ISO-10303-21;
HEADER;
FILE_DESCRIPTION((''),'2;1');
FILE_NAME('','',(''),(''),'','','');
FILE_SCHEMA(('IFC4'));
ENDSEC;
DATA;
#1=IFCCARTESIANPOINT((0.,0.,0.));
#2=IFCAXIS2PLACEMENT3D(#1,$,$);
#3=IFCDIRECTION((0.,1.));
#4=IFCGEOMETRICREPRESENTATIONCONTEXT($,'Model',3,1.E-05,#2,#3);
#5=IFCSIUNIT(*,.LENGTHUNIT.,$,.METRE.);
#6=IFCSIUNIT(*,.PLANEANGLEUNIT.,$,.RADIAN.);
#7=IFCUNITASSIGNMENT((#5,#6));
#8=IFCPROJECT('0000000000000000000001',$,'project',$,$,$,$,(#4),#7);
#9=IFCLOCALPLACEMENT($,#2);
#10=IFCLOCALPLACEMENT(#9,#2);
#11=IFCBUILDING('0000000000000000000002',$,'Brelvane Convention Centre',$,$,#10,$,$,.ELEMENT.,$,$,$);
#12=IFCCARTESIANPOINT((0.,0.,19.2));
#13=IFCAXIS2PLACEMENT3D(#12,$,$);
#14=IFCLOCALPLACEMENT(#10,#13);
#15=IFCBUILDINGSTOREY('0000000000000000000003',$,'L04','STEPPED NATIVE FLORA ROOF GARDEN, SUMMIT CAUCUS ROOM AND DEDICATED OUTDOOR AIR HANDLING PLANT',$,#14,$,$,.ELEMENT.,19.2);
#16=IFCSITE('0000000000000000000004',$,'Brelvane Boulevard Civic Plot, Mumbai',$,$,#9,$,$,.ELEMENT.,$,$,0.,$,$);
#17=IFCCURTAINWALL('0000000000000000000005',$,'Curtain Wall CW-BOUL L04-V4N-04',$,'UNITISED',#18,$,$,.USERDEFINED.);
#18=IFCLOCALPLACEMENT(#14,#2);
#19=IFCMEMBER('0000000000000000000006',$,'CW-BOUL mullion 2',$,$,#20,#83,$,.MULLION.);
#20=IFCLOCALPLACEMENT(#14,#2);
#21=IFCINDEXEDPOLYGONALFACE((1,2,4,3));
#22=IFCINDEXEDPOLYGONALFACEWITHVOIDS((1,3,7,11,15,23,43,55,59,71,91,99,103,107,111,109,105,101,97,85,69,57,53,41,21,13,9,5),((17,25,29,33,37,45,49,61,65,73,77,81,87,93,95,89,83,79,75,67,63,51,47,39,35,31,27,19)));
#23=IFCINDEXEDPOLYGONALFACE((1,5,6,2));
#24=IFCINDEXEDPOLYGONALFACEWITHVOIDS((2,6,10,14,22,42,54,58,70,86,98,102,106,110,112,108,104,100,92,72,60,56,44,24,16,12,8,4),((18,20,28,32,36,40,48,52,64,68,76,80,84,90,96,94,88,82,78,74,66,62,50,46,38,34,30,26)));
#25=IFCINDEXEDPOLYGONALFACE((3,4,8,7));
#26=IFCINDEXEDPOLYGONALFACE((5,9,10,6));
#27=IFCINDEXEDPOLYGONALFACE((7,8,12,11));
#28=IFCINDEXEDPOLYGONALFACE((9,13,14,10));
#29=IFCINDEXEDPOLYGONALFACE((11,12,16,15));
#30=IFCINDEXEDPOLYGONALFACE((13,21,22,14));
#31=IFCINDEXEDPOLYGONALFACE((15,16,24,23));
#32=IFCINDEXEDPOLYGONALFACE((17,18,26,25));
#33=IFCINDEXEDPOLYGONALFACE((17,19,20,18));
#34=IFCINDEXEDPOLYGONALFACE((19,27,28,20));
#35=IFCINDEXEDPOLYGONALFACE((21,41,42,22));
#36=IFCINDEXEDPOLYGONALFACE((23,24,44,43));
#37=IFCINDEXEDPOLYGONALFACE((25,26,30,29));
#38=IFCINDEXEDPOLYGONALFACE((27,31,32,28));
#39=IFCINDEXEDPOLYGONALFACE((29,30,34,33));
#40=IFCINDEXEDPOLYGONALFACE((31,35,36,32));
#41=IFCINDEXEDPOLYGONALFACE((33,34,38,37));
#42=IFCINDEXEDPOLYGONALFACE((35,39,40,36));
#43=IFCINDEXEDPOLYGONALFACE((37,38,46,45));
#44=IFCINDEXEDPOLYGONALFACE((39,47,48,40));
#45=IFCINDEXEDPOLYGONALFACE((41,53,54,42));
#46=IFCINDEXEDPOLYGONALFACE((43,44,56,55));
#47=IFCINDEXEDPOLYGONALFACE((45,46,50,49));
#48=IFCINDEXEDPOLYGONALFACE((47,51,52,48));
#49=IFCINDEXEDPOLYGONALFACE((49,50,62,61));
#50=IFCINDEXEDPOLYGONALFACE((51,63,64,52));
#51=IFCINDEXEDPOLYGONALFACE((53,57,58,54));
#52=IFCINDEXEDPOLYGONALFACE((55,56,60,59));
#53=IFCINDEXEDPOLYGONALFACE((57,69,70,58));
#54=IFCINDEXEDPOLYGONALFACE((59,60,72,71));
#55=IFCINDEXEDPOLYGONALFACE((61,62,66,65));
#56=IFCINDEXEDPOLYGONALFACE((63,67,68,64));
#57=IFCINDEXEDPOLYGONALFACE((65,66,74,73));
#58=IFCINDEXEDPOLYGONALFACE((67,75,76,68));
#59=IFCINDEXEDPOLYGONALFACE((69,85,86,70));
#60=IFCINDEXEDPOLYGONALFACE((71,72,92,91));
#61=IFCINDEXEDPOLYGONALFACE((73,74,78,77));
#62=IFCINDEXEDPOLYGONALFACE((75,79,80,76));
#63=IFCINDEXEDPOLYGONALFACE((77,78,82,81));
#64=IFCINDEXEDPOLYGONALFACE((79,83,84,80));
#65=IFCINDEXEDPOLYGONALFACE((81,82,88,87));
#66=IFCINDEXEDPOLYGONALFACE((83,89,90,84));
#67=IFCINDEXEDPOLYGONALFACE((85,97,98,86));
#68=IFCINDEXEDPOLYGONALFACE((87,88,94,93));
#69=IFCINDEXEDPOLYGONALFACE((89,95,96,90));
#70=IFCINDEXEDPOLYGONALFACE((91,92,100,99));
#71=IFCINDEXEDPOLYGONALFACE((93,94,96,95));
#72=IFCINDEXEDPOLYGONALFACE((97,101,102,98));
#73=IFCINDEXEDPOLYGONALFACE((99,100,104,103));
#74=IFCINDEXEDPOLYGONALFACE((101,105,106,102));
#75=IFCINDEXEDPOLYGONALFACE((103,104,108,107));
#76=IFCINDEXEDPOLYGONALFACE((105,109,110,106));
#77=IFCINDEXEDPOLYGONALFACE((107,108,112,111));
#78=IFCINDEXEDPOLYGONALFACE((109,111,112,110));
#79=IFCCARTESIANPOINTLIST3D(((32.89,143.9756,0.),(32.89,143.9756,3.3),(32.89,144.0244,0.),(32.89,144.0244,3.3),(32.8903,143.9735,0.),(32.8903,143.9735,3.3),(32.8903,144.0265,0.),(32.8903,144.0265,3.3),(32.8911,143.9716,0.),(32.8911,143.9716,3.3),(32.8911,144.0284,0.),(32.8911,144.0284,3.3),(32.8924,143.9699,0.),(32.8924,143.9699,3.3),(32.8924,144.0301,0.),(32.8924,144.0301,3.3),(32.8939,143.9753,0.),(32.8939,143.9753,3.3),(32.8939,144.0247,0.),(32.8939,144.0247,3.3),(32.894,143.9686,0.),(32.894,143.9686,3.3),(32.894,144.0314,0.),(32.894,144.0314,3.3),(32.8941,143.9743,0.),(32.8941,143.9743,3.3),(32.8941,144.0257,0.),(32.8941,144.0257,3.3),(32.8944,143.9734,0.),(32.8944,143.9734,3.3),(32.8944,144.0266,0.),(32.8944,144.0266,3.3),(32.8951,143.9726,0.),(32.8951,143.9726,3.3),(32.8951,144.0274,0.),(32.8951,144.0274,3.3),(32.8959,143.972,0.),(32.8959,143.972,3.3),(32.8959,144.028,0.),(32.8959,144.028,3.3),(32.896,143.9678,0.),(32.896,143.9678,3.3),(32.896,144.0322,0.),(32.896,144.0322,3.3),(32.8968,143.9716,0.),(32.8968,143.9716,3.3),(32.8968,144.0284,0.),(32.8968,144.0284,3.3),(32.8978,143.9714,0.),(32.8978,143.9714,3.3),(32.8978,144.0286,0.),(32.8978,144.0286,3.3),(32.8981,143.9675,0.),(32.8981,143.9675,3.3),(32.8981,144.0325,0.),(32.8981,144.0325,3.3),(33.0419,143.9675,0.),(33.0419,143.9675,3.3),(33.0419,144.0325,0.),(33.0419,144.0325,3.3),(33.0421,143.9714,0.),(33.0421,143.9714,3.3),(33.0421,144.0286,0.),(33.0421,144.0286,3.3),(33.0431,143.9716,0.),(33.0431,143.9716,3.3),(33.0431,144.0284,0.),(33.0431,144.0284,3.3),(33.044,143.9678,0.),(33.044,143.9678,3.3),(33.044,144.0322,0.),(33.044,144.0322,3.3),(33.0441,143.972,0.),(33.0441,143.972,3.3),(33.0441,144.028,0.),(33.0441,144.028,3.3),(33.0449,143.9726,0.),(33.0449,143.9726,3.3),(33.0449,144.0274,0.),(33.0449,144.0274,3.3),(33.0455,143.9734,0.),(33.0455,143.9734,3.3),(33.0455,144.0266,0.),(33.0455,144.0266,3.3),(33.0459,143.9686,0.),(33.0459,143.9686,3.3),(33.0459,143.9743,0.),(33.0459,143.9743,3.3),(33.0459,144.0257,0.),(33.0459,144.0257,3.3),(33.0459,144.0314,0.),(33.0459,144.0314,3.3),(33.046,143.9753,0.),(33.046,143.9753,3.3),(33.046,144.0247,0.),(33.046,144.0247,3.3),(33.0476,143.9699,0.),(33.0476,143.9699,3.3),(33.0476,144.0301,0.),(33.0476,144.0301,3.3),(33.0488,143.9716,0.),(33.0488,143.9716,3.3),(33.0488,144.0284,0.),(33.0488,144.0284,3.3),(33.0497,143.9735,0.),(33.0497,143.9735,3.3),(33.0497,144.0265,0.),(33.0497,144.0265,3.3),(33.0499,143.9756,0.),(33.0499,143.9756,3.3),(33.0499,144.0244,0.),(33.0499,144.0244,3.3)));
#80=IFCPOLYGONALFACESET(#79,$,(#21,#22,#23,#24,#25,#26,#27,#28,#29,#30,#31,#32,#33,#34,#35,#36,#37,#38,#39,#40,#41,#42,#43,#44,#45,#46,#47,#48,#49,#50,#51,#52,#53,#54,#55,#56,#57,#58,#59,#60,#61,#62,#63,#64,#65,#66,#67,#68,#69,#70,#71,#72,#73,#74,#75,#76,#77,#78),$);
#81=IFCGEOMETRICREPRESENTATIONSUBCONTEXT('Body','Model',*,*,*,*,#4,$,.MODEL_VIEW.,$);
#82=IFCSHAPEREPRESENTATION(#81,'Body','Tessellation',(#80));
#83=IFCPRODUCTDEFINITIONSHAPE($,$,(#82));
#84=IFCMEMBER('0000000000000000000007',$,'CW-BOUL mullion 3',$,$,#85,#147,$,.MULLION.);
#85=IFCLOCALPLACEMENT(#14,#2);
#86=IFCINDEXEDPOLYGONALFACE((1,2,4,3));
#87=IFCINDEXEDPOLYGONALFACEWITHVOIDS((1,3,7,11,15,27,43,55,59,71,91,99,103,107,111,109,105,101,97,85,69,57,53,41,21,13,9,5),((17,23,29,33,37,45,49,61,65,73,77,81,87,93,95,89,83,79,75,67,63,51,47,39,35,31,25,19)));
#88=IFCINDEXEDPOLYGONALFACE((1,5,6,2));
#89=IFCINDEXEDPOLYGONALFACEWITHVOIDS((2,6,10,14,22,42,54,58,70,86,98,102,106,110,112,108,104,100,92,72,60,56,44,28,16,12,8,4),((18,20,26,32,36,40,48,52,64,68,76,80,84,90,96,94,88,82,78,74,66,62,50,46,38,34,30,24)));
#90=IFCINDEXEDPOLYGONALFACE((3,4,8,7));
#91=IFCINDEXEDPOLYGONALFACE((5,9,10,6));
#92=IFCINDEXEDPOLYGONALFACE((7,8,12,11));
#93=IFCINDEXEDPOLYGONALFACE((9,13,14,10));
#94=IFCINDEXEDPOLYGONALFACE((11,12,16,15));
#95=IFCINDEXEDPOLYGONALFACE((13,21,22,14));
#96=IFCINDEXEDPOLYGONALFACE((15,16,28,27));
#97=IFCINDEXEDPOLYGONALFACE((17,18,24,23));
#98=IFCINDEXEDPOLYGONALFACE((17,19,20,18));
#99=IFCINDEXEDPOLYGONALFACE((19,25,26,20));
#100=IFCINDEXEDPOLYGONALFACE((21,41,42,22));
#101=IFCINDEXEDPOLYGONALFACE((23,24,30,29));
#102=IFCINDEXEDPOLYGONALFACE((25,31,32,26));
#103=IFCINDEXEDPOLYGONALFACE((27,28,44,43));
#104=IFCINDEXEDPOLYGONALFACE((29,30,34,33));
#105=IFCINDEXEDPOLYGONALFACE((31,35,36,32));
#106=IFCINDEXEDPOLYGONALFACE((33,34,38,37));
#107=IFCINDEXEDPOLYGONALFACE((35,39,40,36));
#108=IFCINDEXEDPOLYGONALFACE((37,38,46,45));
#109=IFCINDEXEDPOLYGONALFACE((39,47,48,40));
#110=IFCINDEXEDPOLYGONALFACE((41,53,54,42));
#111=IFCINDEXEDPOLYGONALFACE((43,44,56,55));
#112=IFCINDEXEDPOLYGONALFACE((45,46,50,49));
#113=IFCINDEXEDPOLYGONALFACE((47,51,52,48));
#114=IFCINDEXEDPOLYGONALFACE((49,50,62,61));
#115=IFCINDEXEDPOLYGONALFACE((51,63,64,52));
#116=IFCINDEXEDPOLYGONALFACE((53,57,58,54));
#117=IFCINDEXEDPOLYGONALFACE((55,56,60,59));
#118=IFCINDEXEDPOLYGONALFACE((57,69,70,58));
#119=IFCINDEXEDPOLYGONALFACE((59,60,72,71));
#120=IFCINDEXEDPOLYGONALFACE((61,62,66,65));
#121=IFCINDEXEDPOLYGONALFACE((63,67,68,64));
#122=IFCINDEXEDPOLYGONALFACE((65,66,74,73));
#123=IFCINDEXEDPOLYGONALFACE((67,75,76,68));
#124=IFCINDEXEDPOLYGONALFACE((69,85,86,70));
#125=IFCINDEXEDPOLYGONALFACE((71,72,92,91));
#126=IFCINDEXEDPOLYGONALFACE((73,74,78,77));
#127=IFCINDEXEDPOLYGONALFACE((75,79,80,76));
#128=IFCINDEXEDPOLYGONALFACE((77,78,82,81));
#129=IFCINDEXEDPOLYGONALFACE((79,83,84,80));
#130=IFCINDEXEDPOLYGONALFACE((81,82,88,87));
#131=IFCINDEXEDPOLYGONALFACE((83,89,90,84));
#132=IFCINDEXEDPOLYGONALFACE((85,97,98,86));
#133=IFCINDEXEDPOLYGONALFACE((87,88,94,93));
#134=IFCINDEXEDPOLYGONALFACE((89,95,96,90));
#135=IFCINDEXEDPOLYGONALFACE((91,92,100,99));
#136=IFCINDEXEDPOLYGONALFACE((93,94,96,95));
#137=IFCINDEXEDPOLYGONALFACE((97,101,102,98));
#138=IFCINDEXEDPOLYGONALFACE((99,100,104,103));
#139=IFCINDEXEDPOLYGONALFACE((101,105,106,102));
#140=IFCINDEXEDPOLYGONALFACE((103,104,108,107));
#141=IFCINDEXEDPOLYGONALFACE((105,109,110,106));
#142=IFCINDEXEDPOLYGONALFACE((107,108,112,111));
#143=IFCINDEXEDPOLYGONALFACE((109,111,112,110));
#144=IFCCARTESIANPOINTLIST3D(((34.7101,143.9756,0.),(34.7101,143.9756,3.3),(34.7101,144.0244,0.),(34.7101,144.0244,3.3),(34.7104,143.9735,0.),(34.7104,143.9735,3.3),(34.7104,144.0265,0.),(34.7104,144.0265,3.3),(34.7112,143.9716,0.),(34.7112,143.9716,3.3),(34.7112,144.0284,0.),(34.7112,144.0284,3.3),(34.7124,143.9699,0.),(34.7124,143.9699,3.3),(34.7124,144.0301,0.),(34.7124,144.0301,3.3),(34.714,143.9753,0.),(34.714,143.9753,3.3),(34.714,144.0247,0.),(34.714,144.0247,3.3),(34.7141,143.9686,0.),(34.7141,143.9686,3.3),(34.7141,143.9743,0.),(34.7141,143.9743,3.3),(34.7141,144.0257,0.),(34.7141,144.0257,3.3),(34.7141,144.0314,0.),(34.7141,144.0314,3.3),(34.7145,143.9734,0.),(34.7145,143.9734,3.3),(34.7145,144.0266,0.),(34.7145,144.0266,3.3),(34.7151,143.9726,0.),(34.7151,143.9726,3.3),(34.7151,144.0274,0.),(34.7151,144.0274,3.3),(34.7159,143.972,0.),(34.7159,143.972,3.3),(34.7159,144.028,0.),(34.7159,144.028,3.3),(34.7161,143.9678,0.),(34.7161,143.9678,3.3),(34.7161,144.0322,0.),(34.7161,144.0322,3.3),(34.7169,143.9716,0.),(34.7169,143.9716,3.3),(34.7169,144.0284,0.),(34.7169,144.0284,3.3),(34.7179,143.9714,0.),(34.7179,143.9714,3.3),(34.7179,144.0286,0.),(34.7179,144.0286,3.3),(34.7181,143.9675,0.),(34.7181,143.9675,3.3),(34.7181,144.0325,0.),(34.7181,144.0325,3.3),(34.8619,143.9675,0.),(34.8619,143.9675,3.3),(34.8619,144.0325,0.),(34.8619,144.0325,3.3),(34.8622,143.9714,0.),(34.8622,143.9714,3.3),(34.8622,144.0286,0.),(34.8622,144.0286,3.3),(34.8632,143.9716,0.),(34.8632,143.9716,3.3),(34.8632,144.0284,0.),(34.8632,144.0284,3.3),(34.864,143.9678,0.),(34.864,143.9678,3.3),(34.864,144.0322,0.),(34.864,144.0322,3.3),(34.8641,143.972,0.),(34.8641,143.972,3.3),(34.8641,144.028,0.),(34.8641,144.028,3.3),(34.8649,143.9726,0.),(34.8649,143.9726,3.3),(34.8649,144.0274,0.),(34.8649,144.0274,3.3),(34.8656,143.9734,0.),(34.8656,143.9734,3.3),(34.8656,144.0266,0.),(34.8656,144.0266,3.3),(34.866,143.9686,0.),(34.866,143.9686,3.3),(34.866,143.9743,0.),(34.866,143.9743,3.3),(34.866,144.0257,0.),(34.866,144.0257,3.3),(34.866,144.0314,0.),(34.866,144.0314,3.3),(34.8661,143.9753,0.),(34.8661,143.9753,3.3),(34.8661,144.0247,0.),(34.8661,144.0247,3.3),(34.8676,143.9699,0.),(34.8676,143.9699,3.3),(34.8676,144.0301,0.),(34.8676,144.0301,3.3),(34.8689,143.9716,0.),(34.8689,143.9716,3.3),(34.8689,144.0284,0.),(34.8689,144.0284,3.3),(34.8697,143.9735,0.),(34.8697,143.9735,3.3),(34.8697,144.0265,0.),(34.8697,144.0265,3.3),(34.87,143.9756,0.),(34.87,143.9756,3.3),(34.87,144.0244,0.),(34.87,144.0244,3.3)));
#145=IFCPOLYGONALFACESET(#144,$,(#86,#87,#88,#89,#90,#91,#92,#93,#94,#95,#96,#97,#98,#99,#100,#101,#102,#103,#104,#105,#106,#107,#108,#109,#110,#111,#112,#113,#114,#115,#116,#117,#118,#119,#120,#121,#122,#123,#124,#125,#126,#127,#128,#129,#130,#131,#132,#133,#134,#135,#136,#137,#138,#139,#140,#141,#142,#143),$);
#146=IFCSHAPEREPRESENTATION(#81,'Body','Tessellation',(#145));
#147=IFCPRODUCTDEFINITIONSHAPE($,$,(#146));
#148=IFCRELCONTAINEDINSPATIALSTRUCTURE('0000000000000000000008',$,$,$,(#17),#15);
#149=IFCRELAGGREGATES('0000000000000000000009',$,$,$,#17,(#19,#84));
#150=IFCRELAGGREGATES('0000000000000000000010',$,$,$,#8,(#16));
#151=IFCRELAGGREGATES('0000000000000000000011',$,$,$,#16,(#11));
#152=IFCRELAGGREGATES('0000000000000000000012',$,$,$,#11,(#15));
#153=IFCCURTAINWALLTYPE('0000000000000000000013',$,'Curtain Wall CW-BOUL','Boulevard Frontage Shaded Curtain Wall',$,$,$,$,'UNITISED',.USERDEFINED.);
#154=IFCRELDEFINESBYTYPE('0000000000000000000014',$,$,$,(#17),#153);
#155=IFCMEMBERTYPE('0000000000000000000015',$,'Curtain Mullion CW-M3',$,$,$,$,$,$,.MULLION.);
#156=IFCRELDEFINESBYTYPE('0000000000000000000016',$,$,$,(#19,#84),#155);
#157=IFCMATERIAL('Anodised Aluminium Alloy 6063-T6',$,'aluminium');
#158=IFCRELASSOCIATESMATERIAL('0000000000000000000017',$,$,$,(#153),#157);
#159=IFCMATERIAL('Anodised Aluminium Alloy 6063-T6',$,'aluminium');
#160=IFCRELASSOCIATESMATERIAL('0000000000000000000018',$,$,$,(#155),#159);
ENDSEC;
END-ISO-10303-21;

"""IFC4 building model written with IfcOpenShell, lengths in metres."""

from ifc_helpers import new_model, si_unit, direction, frame, origin, origin_2d, place, context, subcontext, project, spatial, hollow_rectangle, extrude, material, material_profile, profile_set, type_object, element, aggregate, save


model = new_model("IFC4")

# Units and contexts
model_context = context("Model", 3, precision=1e-05, world=origin(), true_north=direction((0.0, 1.0)))
body_context = subcontext(model_context, "Body", "Model", "MODEL_VIEW")
ifc_project = project(units=[si_unit("LENGTHUNIT", "METRE"), si_unit("PLANEANGLEUNIT", "RADIAN")], contexts=[model_context])

# Site, building, storey
site_placement = place(None, origin())
site = spatial("IfcSite", under=ifc_project, at=site_placement, Name="Brelvane Boulevard Civic Plot, Mumbai", CompositionType="ELEMENT", RefElevation=0.0)
building_placement = place(site_placement, origin())
building = spatial("IfcBuilding", under=site, at=building_placement, Name="Brelvane Convention Centre", CompositionType="ELEMENT")
storey_placement = place(building_placement, frame((0.0, 0.0, 19.2)))
storey = spatial("IfcBuildingStorey", under=building, at=storey_placement, Name="L04", Description="STEPPED NATIVE FLORA ROOF GARDEN, SUMMIT CAUCUS ROOM AND DEDICATED OUTDOOR AIR HANDLING PLANT", CompositionType="ELEMENT", Elevation=19.2)

# Shared definitions
ifc_material_1 = material(Name="Anodised Aluminium Alloy 6063-T6", Category="aluminium")
curtain_wall_type = type_object("IfcCurtainWallType", Name="Curtain Wall CW-BOUL", Description="Boulevard Frontage Shaded Curtain Wall", ElementType="UNITISED", PredefinedType="USERDEFINED", material=ifc_material_1)
ifc_material_2 = material(Name="Anodised Aluminium Alloy 6063-T6", Category="aluminium")
ifc_material_profile_1 = material_profile(ifc_material_2, hollow_rectangle(XDim=0.0649, YDim=0.1599, WallThickness=0.0039, InnerFilletRadius=0.0039, OuterFilletRadius=0.0081, at=origin_2d()), Name="ALU-M 160x65x4.0")
ifc_profile_set_1 = profile_set([ifc_material_profile_1], Name="Anodised Aluminium Alloy 6063-T6")
member_type_1 = type_object("IfcMemberType", Name="Curtain Mullion CW-M3", PredefinedType="MULLION", material=ifc_profile_set_1)

# Curtain wall, members
curtain_wall_1_placement = place(storey_placement, origin())
curtain_wall_1 = element("IfcCurtainWall", 1, at=curtain_wall_1_placement, inside=storey, type_object=curtain_wall_type, Name="Curtain Wall CW-BOUL L04-V4N-04", ObjectType="UNITISED", PredefinedType="USERDEFINED")
member_1_placement = place(storey_placement, frame((32.97, 144.0, 0.0), z_axis=(0.0, 0.0, 1.0), x_axis=(0.0, 1.0, 0.0)))
member_1 = element("IfcMember", 2, at=member_1_placement, type_object=member_type_1, Name="CW-BOUL mullion 2", PredefinedType="MULLION", context=body_context, shape_type="SweptSolid", body=[
    extrude(hollow_rectangle(XDim=0.0649, YDim=0.1599, WallThickness=0.0039, InnerFilletRadius=0.0039, OuterFilletRadius=0.0081, at=origin_2d()), origin(), (0.0, 0.0, 1.0), 3.3),
])
member_2_placement = place(storey_placement, frame((34.79, 144.0, 0.0), z_axis=(0.0, 0.0, 1.0), x_axis=(0.0, 1.0, 0.0)))
member_2 = element("IfcMember", 3, at=member_2_placement, type_object=member_type_1, Name="CW-BOUL mullion 3", PredefinedType="MULLION", context=body_context, shape_type="SweptSolid", body=[
    extrude(hollow_rectangle(XDim=0.0649, YDim=0.1599, WallThickness=0.0039, InnerFilletRadius=0.0039, OuterFilletRadius=0.0081, at=origin_2d()), origin(), (0.0, 0.0, 1.0), 3.3),
])

aggregate(curtain_wall_1, [member_1, member_2])

save(model, "model.ifc")
